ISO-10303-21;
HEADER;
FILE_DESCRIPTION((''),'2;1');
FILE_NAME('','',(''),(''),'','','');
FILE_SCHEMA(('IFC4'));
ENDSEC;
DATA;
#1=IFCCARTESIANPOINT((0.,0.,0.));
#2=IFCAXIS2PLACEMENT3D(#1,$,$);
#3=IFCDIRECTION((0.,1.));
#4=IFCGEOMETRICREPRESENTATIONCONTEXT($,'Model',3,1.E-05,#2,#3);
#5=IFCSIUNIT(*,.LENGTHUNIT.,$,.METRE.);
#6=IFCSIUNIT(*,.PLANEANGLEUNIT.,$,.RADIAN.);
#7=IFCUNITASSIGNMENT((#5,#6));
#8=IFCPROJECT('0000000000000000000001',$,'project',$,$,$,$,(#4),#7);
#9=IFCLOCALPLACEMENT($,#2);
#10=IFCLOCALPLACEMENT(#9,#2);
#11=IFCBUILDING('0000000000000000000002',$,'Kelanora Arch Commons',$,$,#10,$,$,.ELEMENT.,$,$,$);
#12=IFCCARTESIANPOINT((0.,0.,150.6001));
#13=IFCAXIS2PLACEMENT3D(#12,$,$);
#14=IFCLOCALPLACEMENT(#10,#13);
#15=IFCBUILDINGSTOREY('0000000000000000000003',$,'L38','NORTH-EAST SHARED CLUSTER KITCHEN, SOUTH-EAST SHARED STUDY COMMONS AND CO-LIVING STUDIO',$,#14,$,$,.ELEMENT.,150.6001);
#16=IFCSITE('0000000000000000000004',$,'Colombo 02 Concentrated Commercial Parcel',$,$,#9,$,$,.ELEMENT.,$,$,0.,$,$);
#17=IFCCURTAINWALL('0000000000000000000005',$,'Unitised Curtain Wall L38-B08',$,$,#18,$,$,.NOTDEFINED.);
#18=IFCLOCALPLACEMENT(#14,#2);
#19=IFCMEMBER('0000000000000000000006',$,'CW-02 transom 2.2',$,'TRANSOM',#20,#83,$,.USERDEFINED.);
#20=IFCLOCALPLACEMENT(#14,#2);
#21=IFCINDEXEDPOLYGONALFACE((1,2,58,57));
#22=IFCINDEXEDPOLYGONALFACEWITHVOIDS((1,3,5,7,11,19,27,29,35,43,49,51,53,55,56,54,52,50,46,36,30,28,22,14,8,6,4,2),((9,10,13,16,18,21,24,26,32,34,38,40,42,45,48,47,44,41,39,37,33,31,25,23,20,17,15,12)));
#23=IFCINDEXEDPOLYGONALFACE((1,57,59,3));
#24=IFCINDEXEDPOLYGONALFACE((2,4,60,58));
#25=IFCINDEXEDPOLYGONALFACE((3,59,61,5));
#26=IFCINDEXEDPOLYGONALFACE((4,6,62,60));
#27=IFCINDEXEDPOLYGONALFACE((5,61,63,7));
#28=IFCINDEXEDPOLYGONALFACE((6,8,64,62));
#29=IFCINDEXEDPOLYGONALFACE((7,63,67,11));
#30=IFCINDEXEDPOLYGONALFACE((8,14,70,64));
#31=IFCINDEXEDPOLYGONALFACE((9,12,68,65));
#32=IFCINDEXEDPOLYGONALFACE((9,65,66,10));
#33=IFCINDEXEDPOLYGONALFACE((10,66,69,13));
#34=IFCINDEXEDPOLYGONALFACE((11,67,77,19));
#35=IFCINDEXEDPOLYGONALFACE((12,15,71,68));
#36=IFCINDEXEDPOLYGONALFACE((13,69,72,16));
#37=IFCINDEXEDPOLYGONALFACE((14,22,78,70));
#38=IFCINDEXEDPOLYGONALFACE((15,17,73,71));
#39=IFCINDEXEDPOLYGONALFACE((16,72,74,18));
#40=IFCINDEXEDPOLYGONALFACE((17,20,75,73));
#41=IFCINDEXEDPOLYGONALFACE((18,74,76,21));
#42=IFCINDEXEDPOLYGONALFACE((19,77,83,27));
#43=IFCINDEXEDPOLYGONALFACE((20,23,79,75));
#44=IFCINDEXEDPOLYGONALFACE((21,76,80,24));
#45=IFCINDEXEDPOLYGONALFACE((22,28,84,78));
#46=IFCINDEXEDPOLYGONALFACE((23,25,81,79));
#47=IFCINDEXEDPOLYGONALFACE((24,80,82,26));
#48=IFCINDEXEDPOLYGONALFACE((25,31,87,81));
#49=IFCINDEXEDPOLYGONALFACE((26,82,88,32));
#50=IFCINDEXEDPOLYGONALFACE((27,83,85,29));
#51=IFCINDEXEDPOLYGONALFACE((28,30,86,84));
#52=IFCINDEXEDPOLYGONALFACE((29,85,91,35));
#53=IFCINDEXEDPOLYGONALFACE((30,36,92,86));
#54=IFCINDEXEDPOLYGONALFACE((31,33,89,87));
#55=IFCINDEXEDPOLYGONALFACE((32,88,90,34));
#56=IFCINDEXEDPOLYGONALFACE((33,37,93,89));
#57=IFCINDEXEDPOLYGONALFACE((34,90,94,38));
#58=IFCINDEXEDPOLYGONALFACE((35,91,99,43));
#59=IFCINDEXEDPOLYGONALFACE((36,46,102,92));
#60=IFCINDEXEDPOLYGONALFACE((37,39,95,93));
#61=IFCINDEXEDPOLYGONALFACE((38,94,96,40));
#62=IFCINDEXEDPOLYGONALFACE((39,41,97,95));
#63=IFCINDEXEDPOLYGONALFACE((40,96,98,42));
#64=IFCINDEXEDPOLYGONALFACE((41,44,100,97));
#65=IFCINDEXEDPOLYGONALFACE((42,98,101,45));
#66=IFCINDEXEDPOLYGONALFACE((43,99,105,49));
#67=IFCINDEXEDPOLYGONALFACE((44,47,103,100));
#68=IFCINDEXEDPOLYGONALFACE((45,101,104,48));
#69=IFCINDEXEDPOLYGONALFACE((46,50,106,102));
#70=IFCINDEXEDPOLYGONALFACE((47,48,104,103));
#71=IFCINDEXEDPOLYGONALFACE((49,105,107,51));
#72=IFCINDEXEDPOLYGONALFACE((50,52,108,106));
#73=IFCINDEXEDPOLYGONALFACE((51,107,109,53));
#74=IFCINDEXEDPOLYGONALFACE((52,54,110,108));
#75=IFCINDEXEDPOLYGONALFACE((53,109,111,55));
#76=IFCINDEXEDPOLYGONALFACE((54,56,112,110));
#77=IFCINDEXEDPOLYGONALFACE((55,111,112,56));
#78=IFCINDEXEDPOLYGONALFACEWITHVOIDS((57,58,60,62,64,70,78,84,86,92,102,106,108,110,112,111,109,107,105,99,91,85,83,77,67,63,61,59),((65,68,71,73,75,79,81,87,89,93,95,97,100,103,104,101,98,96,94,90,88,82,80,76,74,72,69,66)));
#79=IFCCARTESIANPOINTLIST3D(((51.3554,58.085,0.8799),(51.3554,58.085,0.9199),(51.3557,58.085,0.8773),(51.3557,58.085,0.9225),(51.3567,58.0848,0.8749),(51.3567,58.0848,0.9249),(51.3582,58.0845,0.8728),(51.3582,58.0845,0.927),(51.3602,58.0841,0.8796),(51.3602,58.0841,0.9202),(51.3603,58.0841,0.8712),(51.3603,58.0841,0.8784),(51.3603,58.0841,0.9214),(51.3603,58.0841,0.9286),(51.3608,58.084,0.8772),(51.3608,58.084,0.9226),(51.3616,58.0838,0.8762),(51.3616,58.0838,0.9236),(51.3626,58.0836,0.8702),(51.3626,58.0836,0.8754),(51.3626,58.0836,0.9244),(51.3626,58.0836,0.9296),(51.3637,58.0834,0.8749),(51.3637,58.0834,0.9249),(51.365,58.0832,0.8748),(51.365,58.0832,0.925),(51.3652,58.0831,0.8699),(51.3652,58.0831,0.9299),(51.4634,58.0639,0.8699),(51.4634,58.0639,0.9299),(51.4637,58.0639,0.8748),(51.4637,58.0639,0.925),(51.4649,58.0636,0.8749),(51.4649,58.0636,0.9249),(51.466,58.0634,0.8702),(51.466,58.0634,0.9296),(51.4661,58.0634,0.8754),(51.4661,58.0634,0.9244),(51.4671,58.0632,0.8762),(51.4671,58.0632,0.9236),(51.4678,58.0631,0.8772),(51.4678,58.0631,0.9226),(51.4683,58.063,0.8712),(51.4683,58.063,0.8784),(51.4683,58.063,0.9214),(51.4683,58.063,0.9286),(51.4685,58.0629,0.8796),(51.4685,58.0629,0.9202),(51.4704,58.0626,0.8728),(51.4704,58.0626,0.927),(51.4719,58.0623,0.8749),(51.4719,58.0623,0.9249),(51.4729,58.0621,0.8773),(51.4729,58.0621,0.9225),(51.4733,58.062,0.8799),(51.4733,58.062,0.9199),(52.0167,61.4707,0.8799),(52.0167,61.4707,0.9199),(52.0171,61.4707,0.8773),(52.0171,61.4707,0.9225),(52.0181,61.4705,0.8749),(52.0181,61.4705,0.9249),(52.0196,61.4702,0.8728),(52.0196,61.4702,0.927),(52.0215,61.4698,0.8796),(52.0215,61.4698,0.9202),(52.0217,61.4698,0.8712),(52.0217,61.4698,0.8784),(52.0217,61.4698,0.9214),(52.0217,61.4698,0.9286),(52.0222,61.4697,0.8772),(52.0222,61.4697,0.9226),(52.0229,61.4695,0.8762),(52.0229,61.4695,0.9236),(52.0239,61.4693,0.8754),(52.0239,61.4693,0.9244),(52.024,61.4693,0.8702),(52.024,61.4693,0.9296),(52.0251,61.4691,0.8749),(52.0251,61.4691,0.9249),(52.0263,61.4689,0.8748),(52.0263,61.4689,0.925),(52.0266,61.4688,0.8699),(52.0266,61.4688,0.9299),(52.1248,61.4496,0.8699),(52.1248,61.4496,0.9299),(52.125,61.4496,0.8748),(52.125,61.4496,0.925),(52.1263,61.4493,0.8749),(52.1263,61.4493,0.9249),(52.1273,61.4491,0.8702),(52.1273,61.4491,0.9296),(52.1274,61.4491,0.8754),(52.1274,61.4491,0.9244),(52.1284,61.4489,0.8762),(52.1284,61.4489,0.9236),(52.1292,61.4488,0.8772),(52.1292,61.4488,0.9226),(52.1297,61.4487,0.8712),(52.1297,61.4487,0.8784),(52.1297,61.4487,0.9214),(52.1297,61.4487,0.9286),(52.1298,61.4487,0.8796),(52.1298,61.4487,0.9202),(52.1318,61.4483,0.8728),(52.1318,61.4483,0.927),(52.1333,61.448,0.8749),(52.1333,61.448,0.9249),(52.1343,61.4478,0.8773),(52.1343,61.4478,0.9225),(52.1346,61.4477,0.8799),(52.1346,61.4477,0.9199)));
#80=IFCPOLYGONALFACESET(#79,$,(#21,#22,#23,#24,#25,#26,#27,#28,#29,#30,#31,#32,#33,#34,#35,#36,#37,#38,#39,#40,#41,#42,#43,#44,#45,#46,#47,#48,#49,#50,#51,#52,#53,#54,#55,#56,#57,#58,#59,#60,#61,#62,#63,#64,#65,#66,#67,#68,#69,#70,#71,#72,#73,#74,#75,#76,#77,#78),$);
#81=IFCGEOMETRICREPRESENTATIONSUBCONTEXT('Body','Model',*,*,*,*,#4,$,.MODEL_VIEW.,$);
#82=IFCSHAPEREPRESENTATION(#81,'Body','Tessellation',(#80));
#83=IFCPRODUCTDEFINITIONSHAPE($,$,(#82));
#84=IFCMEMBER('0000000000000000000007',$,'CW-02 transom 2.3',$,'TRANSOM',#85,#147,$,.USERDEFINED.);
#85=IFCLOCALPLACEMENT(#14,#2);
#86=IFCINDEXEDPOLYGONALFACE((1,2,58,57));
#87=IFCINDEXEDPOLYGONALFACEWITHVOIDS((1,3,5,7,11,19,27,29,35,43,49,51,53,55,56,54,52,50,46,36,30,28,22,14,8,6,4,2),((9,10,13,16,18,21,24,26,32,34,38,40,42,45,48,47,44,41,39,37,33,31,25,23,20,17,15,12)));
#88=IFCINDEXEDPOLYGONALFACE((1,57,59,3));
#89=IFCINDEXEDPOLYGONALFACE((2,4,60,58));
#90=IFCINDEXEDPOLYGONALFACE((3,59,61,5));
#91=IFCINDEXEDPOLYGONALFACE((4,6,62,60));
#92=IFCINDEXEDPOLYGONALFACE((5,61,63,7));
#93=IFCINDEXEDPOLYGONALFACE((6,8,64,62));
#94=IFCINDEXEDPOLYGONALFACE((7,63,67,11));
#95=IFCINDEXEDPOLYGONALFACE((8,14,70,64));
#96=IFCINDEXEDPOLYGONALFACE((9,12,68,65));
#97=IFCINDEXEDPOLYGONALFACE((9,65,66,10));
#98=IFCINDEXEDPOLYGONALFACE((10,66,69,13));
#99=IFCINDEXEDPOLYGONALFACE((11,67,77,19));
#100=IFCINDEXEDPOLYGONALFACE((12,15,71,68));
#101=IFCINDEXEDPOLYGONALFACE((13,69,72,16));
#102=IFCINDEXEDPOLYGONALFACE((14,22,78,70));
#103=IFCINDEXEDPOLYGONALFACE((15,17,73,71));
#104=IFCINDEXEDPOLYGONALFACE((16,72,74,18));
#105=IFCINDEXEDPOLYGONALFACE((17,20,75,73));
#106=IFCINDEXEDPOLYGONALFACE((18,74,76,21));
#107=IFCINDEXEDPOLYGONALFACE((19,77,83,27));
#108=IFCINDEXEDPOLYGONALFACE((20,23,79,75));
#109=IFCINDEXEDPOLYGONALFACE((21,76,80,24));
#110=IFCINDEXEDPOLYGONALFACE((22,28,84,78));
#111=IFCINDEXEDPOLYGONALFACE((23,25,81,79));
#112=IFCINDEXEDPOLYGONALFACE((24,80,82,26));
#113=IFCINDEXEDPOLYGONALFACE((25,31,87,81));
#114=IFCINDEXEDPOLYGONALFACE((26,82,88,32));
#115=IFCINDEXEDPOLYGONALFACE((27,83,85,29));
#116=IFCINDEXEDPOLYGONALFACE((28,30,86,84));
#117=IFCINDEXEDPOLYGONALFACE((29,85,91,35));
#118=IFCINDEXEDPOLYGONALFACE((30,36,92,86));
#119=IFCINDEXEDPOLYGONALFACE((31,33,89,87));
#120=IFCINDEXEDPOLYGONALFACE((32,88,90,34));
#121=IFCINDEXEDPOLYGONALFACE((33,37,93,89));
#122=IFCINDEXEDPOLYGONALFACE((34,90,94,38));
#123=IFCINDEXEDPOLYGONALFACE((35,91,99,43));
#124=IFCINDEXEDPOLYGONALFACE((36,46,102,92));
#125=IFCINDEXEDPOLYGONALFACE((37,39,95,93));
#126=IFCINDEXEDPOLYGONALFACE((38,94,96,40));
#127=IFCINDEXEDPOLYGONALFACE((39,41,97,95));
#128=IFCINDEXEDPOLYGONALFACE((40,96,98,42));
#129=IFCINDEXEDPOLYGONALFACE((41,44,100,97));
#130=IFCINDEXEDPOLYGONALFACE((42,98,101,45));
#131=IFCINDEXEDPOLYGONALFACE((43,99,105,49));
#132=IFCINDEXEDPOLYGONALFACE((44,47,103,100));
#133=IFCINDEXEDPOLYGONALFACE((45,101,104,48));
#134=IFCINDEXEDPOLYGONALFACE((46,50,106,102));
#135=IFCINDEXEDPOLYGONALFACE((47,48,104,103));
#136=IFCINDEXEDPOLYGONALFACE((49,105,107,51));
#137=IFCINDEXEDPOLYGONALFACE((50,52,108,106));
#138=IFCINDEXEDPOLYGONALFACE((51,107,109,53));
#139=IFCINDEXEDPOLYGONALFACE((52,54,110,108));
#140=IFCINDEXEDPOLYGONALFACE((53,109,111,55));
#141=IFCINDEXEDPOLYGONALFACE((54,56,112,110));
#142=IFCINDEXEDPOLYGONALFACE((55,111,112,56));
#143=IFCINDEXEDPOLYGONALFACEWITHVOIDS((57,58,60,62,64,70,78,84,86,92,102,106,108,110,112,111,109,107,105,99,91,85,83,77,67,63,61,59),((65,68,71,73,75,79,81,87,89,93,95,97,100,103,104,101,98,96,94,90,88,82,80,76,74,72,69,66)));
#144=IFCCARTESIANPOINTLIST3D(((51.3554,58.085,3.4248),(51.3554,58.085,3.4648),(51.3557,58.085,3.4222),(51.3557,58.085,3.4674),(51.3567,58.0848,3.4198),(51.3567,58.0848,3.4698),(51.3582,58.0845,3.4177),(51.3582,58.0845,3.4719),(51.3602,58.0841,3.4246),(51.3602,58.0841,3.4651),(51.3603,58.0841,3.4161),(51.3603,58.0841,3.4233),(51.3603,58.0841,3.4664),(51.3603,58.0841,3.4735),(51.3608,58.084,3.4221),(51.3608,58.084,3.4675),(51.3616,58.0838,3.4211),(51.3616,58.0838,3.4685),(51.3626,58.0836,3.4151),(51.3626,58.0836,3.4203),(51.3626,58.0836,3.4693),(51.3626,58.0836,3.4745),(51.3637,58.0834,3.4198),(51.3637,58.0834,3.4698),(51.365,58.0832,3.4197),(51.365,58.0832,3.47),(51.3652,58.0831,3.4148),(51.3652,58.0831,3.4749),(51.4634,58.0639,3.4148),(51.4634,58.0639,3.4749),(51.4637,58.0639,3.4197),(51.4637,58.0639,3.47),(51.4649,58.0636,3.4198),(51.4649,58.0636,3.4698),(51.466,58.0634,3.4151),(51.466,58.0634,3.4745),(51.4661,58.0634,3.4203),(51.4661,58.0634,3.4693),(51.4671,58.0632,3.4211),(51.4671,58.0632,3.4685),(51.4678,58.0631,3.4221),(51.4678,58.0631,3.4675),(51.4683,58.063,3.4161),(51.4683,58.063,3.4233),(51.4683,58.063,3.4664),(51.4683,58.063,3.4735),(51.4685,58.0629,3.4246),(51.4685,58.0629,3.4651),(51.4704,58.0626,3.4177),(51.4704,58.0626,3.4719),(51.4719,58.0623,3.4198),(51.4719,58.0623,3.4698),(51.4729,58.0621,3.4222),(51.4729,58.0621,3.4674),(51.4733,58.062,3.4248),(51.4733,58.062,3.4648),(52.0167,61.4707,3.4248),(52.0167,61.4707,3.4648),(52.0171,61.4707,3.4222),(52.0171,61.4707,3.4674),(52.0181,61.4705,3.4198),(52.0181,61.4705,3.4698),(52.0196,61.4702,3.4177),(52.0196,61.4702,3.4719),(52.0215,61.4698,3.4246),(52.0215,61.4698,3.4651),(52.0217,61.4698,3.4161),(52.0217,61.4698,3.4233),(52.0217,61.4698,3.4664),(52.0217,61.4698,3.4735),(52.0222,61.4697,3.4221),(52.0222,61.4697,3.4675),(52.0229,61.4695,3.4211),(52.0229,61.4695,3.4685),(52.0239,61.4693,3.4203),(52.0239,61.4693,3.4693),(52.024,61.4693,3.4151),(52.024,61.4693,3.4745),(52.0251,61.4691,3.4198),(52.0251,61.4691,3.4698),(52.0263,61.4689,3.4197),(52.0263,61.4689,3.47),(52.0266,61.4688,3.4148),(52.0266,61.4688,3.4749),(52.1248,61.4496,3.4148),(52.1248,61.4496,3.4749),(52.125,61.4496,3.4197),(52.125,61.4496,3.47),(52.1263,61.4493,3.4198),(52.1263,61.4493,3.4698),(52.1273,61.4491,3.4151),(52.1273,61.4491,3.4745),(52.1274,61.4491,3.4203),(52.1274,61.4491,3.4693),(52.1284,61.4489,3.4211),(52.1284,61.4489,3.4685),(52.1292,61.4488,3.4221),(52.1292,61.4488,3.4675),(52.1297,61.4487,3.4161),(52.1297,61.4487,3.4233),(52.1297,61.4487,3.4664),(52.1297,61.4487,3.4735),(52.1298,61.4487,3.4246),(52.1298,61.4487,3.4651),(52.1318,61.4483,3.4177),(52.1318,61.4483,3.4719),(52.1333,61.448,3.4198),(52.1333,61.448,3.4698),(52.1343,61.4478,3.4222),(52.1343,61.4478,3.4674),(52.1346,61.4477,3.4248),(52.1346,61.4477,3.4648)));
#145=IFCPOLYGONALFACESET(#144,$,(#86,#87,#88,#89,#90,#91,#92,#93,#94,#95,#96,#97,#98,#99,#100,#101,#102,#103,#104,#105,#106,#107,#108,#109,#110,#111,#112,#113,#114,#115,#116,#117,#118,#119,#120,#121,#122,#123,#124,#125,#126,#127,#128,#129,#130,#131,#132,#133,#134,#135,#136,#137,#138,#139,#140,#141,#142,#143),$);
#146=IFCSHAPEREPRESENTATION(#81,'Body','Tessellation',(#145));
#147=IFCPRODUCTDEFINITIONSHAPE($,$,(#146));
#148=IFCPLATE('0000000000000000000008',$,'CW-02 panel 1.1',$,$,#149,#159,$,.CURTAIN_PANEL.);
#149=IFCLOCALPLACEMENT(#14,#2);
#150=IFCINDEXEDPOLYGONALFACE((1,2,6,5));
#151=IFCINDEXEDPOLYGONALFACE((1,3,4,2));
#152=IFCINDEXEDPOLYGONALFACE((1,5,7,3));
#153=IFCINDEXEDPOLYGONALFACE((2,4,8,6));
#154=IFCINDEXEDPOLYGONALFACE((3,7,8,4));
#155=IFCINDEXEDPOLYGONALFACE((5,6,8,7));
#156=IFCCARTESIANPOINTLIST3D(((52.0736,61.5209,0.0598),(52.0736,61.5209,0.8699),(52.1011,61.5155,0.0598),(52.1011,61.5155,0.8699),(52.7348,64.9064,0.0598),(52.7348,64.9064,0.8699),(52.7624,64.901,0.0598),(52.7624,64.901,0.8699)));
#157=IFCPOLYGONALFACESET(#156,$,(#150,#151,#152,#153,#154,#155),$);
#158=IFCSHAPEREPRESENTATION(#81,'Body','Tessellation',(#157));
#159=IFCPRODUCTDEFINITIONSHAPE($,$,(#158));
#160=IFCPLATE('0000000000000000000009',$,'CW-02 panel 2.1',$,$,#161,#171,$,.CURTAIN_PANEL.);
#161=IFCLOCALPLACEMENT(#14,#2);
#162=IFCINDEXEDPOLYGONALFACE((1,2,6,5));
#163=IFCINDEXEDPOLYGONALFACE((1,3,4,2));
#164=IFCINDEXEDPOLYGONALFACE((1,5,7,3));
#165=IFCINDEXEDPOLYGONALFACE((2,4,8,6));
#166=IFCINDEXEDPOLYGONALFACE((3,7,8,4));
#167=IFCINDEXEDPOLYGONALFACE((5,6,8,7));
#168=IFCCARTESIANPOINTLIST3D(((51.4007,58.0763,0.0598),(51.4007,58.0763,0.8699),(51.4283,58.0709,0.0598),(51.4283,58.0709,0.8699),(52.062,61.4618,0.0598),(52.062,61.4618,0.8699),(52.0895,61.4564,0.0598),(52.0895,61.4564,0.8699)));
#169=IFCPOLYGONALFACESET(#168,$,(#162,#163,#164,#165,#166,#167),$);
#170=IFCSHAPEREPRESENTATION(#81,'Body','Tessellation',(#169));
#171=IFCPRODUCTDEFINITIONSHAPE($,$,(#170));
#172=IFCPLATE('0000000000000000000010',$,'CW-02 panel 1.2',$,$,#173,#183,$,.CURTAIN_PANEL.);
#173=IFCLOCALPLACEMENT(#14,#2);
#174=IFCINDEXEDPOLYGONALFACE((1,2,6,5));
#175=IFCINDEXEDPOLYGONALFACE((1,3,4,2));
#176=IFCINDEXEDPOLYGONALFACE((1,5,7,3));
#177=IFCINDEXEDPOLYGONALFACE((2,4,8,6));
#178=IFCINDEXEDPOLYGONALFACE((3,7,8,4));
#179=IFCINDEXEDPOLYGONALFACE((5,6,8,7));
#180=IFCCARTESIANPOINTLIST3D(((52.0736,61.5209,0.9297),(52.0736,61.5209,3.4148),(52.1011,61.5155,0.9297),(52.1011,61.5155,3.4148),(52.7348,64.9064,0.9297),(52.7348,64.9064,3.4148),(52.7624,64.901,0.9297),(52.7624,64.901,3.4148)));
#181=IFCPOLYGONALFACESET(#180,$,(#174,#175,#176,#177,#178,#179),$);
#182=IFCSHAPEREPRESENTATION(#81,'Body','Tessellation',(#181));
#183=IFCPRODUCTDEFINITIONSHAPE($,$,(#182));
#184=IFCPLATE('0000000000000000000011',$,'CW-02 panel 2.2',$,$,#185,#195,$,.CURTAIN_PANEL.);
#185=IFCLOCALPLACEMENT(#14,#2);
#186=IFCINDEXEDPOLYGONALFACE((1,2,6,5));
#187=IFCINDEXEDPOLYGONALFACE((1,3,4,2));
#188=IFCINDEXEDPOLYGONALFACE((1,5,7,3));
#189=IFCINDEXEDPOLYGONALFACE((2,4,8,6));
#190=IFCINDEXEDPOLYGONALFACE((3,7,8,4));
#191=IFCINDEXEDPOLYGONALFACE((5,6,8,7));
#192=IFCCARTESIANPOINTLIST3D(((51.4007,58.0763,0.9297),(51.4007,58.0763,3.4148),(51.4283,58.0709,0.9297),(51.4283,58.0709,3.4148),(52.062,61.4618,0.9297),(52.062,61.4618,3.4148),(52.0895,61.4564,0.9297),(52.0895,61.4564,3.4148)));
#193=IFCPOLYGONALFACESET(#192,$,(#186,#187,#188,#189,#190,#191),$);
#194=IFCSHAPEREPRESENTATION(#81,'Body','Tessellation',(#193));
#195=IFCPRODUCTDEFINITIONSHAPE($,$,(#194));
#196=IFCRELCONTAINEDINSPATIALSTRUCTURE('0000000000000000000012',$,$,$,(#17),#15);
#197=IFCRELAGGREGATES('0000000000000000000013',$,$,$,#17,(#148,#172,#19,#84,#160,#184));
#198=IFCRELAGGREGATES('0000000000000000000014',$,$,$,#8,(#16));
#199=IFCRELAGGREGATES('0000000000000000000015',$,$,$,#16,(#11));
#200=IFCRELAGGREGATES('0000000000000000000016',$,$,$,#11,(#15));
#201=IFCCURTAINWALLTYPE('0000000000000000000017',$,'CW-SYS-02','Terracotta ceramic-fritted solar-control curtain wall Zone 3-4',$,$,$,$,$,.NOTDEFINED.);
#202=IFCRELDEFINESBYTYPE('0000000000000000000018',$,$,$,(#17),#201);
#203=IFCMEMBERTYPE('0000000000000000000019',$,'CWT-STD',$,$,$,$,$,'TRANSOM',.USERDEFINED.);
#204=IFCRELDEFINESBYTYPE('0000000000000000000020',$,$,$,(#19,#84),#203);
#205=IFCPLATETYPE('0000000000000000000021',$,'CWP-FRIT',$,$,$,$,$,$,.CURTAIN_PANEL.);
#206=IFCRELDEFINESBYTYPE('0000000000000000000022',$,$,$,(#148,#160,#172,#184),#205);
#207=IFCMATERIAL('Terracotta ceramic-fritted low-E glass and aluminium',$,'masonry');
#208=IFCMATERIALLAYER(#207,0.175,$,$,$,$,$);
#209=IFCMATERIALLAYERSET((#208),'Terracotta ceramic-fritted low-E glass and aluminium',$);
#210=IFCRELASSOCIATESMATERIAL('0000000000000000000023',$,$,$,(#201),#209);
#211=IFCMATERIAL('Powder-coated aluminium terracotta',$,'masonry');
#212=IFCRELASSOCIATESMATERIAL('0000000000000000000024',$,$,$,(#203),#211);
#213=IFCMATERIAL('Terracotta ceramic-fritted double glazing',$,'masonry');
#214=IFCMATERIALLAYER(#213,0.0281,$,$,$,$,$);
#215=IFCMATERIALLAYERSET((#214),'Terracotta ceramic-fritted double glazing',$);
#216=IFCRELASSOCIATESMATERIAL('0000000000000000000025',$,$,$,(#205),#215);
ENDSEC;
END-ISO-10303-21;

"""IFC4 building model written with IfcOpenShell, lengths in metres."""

from ifc_helpers import new_model, si_unit, direction, frame, origin, origin_2d, place, context, subcontext, project, spatial, rectangle, hollow_rectangle, extrude, source, transform, mapped, material, layer, layer_set, material_profile, profile_set, type_object, element, aggregate, save


model = new_model("IFC4")

# Units and contexts
model_context = context("Model", 3, precision=1e-05, world=origin(), true_north=direction((0.0, 1.0)))
body_context = subcontext(model_context, "Body", "Model", "MODEL_VIEW")
ifc_project = project(units=[si_unit("LENGTHUNIT", "METRE"), si_unit("PLANEANGLEUNIT", "RADIAN")], contexts=[model_context])

# Site, building, storey
site_placement = place(None, origin())
site = spatial("IfcSite", under=ifc_project, at=site_placement, Name="Colombo 02 Concentrated Commercial Parcel", CompositionType="ELEMENT", RefElevation=0.0)
building_placement = place(site_placement, origin())
building = spatial("IfcBuilding", under=site, at=building_placement, Name="Kelanora Arch Commons", CompositionType="ELEMENT")
storey_placement = place(building_placement, frame((0.0, 0.0, 150.6001)))
storey = spatial("IfcBuildingStorey", under=building, at=storey_placement, Name="L38", Description="NORTH-EAST SHARED CLUSTER KITCHEN, SOUTH-EAST SHARED STUDY COMMONS AND CO-LIVING STUDIO", CompositionType="ELEMENT", Elevation=150.6001)

# Curtain wall, members, plates
ifc_material_1 = material(Name="Terracotta ceramic-fritted low-E glass and aluminium", Category="masonry")
ifc_layer_1 = layer(ifc_material_1, 0.175)
ifc_layer_set_1 = layer_set([ifc_layer_1], Name="Terracotta ceramic-fritted low-E glass and aluminium")
curtain_wall_type = type_object("IfcCurtainWallType", Name="CW-SYS-02", Description="Terracotta ceramic-fritted solar-control curtain wall Zone 3-4", PredefinedType="NOTDEFINED", material=ifc_layer_set_1)
curtain_wall_placement = place(storey_placement, origin())
curtain_wall = element("IfcCurtainWall", 1, at=curtain_wall_placement, inside=storey, type_object=curtain_wall_type, Name="Unitised Curtain Wall L38-B08", PredefinedType="NOTDEFINED")
ifc_material_2 = material(Name="Powder-coated aluminium terracotta", Category="masonry")
ifc_material_profile_1 = material_profile(ifc_material_2, hollow_rectangle(XDim=0.1201, YDim=0.0601, WallThickness=0.0049, InnerFilletRadius=0.0049, OuterFilletRadius=0.01, at=origin_2d()), Name="CWT120x60")
ifc_profile_set_1 = profile_set([ifc_material_profile_1], Name="Powder-coated aluminium terracotta")
member_type_1 = type_object("IfcMemberType", Name="CWT-STD", ElementType="TRANSOM", PredefinedType="USERDEFINED", material=ifc_profile_set_1)
member_1_placement = place(storey_placement, frame((52.0757, 61.4592, 0.8999), z_axis=(-0.191718, -0.98145, 0.0), x_axis=(0.98145, -0.191718, 0.0)))
member_1 = element("IfcMember", 2, at=member_1_placement, type_object=member_type_1, Name="CW-02 transom 2.2", ObjectType="TRANSOM", PredefinedType="USERDEFINED", context=body_context, shape_type="SweptSolid", body=[
    extrude(hollow_rectangle(XDim=0.1201, YDim=0.0601, WallThickness=0.0049, InnerFilletRadius=0.0049, OuterFilletRadius=0.01, at=origin_2d()), origin(), (0.0, 0.0, 1.0), 3.4497),
])
member_2_placement = place(storey_placement, frame((52.0757, 61.4592, 3.4448), z_axis=(-0.191718, -0.98145, 0.0), x_axis=(0.98145, -0.191718, 0.0)))
member_2 = element("IfcMember", 3, at=member_2_placement, type_object=member_type_1, Name="CW-02 transom 2.3", ObjectType="TRANSOM", PredefinedType="USERDEFINED", context=body_context, shape_type="SweptSolid", body=[
    extrude(hollow_rectangle(XDim=0.1201, YDim=0.0601, WallThickness=0.0049, InnerFilletRadius=0.0049, OuterFilletRadius=0.01, at=origin_2d()), origin(), (0.0, 0.0, 1.0), 3.4497),
])
ifc_material_3 = material(Name="Terracotta ceramic-fritted double glazing", Category="masonry")
ifc_layer_2 = layer(ifc_material_3, 0.0281)
ifc_layer_set_2 = layer_set([ifc_layer_2], Name="Terracotta ceramic-fritted double glazing")
plate_type = type_object("IfcPlateType", Name="CWP-FRIT", PredefinedType="CURTAIN_PANEL", material=ifc_layer_set_2)
shared_shape_1 = source(origin(), body_context, "Body", "SweptSolid", [
    extrude(rectangle(XDim=3.4495, YDim=0.0281, at=origin_2d()), origin(), (0.0, 0.0, 1.0), 0.8101),
])
plate_1_placement = place(storey_placement, frame((52.418, 63.2109, 0.0598), z_axis=(0.0, 0.0, 1.0), x_axis=(-0.191705, -0.981453, 0.0)))
plate_1 = element("IfcPlate", 4, at=plate_1_placement, type_object=plate_type, Name="CW-02 panel 1.1", PredefinedType="CURTAIN_PANEL", context=body_context, shape_type="MappedRepresentation", body=[
    mapped(shared_shape_1, transform((0.0, 0.0, 0.0), scale=1.0)),
])
plate_2_placement = place(storey_placement, frame((51.7451, 59.7664, 0.0598), z_axis=(0.0, 0.0, 1.0), x_axis=(-0.191705, -0.981453, 0.0)))
plate_2 = element("IfcPlate", 5, at=plate_2_placement, type_object=plate_type, Name="CW-02 panel 2.1", PredefinedType="CURTAIN_PANEL", context=body_context, shape_type="MappedRepresentation", body=[
    mapped(shared_shape_1, transform((0.0, 0.0, 0.0), scale=1.0)),
])
shared_shape_2 = source(origin(), body_context, "Body", "SweptSolid", [
    extrude(rectangle(XDim=3.4495, YDim=0.0281, at=origin_2d()), origin(), (0.0, 0.0, 1.0), 2.4851),
])
plate_3_placement = place(storey_placement, frame((52.418, 63.2109, 0.9297), z_axis=(0.0, 0.0, 1.0), x_axis=(-0.191705, -0.981453, 0.0)))
plate_3 = element("IfcPlate", 6, at=plate_3_placement, type_object=plate_type, Name="CW-02 panel 1.2", PredefinedType="CURTAIN_PANEL", context=body_context, shape_type="MappedRepresentation", body=[
    mapped(shared_shape_2, transform((0.0, 0.0, 0.0), scale=1.0)),
])
plate_4_placement = place(storey_placement, frame((51.7451, 59.7664, 0.9297), z_axis=(0.0, 0.0, 1.0), x_axis=(-0.191705, -0.981453, 0.0)))
plate_4 = element("IfcPlate", 7, at=plate_4_placement, type_object=plate_type, Name="CW-02 panel 2.2", PredefinedType="CURTAIN_PANEL", context=body_context, shape_type="MappedRepresentation", body=[
    mapped(shared_shape_2, transform((0.0, 0.0, 0.0), scale=1.0)),
])
aggregate(curtain_wall, [plate_1, plate_3, member_1, member_2, plate_2, plate_4])

save(model, "model.ifc")
